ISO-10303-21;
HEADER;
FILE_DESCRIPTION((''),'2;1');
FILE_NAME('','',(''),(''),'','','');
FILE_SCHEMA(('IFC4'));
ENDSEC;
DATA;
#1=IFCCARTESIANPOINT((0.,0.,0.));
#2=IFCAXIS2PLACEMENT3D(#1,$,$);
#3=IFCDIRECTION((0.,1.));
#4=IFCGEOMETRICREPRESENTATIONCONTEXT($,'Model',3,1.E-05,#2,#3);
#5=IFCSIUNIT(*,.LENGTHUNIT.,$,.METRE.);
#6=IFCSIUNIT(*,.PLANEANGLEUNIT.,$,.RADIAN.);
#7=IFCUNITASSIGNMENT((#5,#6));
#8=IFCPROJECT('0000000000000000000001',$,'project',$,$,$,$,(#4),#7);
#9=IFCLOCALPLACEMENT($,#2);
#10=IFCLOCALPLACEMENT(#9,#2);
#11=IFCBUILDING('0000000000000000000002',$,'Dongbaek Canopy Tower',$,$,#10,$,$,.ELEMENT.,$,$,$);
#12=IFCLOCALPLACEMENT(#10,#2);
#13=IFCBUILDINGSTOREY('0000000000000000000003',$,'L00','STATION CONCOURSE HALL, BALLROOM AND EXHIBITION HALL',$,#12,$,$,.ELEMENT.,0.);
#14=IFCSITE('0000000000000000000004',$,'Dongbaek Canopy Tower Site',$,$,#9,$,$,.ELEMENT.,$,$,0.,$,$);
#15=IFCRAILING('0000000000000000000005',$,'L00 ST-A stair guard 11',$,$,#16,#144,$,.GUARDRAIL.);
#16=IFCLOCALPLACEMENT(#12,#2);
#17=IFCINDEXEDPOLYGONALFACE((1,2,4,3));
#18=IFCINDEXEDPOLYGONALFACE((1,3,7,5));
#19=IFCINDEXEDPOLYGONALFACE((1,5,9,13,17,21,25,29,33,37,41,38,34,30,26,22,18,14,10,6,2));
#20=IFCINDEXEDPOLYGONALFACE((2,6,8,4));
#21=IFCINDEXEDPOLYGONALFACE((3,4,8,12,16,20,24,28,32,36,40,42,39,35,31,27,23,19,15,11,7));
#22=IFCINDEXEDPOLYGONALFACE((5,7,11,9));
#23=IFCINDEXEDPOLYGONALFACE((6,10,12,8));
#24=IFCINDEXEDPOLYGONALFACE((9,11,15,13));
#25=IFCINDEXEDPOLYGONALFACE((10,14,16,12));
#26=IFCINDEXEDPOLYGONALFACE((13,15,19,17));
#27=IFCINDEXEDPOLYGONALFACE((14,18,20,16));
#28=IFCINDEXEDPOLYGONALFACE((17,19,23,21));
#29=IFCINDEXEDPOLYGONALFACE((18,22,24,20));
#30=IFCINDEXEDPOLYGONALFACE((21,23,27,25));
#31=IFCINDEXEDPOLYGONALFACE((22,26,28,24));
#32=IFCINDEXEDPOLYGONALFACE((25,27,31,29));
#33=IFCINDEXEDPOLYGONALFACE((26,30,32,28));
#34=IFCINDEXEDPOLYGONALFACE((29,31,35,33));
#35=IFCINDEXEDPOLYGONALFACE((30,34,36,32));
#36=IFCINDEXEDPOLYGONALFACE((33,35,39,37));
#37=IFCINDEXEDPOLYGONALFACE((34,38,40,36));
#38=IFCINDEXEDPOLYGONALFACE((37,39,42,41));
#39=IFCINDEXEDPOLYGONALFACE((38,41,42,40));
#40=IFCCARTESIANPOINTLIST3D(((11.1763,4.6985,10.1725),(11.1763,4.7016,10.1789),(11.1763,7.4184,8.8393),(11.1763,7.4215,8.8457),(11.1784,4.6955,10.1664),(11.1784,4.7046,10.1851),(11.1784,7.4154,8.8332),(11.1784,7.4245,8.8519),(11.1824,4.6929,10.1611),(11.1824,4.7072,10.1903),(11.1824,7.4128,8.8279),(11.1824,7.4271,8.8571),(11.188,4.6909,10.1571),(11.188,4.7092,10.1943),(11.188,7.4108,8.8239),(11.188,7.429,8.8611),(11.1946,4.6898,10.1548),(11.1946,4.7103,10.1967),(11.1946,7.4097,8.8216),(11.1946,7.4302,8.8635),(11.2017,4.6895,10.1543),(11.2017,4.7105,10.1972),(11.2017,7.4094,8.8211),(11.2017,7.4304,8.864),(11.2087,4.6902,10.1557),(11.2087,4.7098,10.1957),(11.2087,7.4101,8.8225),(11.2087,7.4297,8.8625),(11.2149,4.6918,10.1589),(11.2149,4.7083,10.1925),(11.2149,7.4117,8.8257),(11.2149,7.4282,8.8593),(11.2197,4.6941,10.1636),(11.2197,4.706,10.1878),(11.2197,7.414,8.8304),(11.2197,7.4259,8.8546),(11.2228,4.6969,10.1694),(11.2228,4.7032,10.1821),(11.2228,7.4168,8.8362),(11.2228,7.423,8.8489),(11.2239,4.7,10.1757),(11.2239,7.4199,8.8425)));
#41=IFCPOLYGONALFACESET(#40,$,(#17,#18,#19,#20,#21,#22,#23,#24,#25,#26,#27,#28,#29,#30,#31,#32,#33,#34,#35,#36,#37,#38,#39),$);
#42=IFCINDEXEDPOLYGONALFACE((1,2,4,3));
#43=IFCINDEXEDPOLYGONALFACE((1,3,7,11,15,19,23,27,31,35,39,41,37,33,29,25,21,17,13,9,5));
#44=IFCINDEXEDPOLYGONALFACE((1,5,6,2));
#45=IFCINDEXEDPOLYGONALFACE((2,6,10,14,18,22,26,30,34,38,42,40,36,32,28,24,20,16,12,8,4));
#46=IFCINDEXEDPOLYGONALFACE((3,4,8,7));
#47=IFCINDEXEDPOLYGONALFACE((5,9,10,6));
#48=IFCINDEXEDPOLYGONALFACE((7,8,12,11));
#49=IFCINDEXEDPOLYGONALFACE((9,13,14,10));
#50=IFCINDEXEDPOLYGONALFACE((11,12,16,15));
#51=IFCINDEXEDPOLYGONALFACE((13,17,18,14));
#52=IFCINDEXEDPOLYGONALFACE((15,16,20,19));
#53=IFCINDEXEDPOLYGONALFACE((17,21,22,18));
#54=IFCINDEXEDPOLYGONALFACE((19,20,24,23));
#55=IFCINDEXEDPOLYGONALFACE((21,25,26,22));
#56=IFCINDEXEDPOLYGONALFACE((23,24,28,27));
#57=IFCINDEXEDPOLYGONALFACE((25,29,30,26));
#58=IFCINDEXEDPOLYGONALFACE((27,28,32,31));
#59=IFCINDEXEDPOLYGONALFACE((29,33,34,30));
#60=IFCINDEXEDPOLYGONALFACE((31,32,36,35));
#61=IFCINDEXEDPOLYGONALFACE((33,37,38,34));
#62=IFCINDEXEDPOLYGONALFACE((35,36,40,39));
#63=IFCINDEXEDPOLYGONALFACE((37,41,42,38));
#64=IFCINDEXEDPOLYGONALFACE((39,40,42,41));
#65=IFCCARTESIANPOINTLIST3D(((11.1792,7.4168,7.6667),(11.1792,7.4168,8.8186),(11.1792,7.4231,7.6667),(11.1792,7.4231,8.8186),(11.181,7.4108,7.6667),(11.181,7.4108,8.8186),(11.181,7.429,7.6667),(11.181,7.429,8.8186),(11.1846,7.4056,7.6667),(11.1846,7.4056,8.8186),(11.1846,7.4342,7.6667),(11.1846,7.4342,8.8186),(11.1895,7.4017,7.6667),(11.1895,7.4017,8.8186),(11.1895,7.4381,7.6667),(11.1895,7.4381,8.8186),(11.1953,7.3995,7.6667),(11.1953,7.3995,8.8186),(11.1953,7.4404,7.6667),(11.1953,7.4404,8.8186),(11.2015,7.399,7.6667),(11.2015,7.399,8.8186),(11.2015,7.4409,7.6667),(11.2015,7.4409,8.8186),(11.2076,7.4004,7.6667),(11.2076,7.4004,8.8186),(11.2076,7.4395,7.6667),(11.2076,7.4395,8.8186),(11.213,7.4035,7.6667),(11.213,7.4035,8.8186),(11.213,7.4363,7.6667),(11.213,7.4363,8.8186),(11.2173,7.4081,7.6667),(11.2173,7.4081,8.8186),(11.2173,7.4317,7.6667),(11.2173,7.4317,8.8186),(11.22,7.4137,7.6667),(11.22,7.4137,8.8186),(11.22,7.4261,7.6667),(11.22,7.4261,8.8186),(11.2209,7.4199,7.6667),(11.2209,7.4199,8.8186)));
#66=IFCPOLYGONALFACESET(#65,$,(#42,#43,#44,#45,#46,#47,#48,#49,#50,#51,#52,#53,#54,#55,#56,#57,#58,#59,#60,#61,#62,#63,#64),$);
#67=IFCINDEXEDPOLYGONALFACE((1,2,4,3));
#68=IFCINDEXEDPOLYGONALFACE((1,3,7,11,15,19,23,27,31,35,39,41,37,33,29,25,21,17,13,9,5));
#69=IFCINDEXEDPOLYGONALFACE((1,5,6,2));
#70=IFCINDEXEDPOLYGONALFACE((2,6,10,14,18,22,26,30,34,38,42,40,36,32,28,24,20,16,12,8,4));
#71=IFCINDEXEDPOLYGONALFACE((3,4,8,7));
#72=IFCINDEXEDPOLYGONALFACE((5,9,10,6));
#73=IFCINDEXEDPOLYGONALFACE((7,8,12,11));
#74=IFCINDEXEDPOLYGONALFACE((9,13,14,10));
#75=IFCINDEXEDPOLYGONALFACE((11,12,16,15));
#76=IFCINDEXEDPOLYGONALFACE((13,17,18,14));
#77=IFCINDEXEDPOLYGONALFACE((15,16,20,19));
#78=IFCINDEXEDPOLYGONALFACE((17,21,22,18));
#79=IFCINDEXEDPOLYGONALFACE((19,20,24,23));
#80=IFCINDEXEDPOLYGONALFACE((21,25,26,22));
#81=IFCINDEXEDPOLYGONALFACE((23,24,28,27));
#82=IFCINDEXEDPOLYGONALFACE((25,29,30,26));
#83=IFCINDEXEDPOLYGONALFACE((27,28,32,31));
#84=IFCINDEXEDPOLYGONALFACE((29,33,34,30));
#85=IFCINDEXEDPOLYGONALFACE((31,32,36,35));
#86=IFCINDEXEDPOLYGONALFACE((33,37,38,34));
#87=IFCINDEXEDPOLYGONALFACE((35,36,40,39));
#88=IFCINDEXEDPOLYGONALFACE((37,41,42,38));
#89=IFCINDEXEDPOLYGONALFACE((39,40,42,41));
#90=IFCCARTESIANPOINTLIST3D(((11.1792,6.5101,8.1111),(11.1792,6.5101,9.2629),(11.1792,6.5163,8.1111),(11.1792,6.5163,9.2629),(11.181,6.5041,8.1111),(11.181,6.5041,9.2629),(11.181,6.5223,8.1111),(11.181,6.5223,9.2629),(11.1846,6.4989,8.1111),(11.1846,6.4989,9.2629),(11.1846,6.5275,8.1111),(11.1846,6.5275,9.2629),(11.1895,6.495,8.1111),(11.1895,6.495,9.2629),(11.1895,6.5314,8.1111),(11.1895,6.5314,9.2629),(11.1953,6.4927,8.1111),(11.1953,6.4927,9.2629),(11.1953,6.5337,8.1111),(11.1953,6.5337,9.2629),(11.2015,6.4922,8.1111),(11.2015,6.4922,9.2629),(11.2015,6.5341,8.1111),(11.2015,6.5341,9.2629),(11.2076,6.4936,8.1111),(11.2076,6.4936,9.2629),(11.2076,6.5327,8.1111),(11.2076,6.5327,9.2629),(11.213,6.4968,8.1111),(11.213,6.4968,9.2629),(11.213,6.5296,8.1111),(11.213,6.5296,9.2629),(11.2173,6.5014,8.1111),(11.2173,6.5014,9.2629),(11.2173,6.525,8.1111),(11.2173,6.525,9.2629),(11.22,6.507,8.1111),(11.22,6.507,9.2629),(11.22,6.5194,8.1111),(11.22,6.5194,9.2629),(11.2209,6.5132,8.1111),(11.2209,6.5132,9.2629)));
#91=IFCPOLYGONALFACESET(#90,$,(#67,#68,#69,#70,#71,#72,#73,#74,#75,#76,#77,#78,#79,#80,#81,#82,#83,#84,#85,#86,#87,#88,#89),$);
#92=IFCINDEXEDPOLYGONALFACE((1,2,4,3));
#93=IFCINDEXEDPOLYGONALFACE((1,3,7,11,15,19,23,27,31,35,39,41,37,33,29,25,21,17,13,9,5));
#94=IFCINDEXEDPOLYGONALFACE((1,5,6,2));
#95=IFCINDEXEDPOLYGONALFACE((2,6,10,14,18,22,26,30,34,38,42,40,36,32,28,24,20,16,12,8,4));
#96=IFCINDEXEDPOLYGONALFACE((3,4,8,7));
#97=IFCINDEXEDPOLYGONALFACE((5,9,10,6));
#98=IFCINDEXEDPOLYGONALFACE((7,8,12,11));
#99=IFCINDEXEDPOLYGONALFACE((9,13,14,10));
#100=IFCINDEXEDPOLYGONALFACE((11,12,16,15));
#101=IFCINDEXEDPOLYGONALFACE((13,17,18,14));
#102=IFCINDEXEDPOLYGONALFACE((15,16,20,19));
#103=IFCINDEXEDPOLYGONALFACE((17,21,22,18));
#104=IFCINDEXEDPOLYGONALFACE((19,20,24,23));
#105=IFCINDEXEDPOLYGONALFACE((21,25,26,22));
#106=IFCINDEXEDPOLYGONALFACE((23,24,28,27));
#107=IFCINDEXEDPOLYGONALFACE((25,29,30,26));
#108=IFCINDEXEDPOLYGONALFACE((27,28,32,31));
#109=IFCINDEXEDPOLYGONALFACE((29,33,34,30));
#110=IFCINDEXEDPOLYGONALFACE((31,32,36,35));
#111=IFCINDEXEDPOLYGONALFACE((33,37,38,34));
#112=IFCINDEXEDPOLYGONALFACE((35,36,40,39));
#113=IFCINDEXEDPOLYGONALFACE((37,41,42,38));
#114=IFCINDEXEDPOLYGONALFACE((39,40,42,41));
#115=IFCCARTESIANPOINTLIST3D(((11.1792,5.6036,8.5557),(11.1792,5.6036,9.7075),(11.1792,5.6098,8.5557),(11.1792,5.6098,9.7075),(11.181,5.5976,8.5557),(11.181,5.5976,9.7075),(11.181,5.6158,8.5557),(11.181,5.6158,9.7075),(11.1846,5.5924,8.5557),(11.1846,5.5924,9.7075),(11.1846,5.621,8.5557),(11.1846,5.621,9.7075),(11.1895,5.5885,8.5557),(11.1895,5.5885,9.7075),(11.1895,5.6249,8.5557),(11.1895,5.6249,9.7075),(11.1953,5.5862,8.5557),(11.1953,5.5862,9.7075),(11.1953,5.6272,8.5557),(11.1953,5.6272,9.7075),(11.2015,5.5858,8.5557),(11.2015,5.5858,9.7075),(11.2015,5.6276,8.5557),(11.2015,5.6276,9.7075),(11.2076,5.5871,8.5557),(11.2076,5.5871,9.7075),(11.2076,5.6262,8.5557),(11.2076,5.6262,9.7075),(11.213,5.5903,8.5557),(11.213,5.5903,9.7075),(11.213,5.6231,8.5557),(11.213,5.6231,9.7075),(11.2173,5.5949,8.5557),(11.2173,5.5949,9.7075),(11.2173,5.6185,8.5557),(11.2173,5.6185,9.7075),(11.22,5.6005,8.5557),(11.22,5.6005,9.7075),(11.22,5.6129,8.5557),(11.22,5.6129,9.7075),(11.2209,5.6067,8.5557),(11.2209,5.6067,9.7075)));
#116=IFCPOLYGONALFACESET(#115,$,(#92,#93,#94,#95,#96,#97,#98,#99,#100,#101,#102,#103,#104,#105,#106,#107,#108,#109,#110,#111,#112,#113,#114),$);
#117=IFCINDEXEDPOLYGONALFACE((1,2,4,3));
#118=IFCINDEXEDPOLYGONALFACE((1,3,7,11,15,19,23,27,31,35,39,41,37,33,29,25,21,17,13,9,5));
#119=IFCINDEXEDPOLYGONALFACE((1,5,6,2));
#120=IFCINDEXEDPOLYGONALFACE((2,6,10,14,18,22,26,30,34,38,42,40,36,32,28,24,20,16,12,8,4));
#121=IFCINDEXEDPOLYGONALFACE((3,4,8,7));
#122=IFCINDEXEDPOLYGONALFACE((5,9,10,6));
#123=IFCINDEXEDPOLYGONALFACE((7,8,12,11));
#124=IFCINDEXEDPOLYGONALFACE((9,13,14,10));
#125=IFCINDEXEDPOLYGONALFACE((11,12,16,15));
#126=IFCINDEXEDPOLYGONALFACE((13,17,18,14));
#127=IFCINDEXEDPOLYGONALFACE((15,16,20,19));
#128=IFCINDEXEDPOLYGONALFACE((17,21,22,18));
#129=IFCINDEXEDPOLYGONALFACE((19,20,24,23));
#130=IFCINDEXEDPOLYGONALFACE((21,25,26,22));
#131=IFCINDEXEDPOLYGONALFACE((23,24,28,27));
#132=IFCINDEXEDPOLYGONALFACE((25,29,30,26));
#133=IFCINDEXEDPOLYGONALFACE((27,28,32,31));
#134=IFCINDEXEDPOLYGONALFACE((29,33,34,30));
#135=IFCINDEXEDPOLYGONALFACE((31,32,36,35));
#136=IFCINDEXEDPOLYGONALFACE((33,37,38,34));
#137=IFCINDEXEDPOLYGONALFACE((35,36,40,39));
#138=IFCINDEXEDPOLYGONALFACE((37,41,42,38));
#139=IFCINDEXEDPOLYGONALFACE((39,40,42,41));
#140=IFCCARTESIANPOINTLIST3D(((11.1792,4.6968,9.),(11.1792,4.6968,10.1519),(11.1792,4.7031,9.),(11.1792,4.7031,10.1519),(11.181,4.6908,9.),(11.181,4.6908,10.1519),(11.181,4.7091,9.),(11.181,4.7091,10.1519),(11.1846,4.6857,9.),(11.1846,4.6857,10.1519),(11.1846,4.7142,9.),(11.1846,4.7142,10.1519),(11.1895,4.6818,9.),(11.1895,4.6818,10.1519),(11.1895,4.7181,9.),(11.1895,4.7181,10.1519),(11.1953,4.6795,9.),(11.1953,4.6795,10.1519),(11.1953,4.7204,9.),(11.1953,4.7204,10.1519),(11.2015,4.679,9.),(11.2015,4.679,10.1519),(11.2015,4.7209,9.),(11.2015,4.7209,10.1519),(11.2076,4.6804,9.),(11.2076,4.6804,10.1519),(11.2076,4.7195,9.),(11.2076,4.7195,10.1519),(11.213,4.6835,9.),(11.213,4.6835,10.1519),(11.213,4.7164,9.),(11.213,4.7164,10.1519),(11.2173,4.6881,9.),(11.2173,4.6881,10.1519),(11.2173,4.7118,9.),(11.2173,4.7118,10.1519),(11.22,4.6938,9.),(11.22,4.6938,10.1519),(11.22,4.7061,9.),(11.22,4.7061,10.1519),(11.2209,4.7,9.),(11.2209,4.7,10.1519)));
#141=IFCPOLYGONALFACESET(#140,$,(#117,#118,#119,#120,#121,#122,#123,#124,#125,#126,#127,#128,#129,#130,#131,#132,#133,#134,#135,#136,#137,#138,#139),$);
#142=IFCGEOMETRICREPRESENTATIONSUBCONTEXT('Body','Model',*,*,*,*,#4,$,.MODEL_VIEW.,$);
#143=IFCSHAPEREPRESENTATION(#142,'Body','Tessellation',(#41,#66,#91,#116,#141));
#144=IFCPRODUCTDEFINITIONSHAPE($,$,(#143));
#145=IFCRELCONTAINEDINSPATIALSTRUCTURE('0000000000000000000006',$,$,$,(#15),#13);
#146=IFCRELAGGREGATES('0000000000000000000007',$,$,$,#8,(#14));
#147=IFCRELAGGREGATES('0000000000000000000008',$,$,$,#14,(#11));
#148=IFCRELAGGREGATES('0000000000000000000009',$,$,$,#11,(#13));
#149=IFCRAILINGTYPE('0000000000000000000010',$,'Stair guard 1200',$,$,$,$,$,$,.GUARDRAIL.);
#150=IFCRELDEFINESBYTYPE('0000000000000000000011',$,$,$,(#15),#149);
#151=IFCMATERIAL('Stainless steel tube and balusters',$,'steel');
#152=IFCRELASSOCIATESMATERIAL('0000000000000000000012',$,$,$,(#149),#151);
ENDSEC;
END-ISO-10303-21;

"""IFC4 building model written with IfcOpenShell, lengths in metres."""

from ifc_helpers import new_model, si_unit, direction, frame, origin, origin_2d, place, context, subcontext, project, spatial, circle, extrude, material, type_object, element, save


model = new_model("IFC4")

# Units and contexts
model_context = context("Model", 3, precision=1e-05, world=origin(), true_north=direction((0.0, 1.0)))
body_context = subcontext(model_context, "Body", "Model", "MODEL_VIEW")
ifc_project = project(units=[si_unit("LENGTHUNIT", "METRE"), si_unit("PLANEANGLEUNIT", "RADIAN")], contexts=[model_context])

# Site, building, storey
site_placement = place(None, origin())
site = spatial("IfcSite", under=ifc_project, at=site_placement, Name="Dongbaek Canopy Tower Site", CompositionType="ELEMENT", RefElevation=0.0)
building_placement = place(site_placement, origin())
building = spatial("IfcBuilding", under=site, at=building_placement, Name="Dongbaek Canopy Tower", CompositionType="ELEMENT")
storey_placement = place(building_placement, origin())
storey = spatial("IfcBuildingStorey", under=building, at=storey_placement, Name="L00", Description="STATION CONCOURSE HALL, BALLROOM AND EXHIBITION HALL", CompositionType="ELEMENT", Elevation=0.0)

# Railing
ifc_material_1 = material(Name="Stainless steel tube and balusters", Category="steel")
railing_type_1 = type_object("IfcRailingType", Name="Stair guard 1200", PredefinedType="GUARDRAIL", material=ifc_material_1)
railing_1_placement = place(storey_placement, frame((11.2, 7.4199, 7.6667)))
element("IfcRailing", 1, at=railing_1_placement, inside=storey, type_object=railing_type_1, Name="L00 ST-A stair guard 11", PredefinedType="GUARDRAIL", context=body_context, shape_type="SweptSolid", body=[
    extrude(circle(Radius=0.0239, at=origin_2d()), frame((0.0, 0.0, 1.1758), z_axis=(0.0, -0.897929, 0.440139), x_axis=(1.0, 0.0, 0.0)), (0.0, 0.0, 1.0), 3.0291),
    extrude(circle(Radius=0.021, at=origin_2d()), origin(), (0.0, 0.0, 1.0), 1.1519),
    extrude(circle(Radius=0.021, at=origin_2d()), frame((0.0, -0.9067, 0.4443)), (0.0, 0.0, 1.0), 1.1519),
    extrude(circle(Radius=0.021, at=origin_2d()), frame((0.0, -1.8132, 0.8889)), (0.0, 0.0, 1.0), 1.1519),
    extrude(circle(Radius=0.021, at=origin_2d()), frame((0.0, -2.72, 1.3333)), (0.0, 0.0, 1.0), 1.1519),
])

save(model, "model.ifc")
